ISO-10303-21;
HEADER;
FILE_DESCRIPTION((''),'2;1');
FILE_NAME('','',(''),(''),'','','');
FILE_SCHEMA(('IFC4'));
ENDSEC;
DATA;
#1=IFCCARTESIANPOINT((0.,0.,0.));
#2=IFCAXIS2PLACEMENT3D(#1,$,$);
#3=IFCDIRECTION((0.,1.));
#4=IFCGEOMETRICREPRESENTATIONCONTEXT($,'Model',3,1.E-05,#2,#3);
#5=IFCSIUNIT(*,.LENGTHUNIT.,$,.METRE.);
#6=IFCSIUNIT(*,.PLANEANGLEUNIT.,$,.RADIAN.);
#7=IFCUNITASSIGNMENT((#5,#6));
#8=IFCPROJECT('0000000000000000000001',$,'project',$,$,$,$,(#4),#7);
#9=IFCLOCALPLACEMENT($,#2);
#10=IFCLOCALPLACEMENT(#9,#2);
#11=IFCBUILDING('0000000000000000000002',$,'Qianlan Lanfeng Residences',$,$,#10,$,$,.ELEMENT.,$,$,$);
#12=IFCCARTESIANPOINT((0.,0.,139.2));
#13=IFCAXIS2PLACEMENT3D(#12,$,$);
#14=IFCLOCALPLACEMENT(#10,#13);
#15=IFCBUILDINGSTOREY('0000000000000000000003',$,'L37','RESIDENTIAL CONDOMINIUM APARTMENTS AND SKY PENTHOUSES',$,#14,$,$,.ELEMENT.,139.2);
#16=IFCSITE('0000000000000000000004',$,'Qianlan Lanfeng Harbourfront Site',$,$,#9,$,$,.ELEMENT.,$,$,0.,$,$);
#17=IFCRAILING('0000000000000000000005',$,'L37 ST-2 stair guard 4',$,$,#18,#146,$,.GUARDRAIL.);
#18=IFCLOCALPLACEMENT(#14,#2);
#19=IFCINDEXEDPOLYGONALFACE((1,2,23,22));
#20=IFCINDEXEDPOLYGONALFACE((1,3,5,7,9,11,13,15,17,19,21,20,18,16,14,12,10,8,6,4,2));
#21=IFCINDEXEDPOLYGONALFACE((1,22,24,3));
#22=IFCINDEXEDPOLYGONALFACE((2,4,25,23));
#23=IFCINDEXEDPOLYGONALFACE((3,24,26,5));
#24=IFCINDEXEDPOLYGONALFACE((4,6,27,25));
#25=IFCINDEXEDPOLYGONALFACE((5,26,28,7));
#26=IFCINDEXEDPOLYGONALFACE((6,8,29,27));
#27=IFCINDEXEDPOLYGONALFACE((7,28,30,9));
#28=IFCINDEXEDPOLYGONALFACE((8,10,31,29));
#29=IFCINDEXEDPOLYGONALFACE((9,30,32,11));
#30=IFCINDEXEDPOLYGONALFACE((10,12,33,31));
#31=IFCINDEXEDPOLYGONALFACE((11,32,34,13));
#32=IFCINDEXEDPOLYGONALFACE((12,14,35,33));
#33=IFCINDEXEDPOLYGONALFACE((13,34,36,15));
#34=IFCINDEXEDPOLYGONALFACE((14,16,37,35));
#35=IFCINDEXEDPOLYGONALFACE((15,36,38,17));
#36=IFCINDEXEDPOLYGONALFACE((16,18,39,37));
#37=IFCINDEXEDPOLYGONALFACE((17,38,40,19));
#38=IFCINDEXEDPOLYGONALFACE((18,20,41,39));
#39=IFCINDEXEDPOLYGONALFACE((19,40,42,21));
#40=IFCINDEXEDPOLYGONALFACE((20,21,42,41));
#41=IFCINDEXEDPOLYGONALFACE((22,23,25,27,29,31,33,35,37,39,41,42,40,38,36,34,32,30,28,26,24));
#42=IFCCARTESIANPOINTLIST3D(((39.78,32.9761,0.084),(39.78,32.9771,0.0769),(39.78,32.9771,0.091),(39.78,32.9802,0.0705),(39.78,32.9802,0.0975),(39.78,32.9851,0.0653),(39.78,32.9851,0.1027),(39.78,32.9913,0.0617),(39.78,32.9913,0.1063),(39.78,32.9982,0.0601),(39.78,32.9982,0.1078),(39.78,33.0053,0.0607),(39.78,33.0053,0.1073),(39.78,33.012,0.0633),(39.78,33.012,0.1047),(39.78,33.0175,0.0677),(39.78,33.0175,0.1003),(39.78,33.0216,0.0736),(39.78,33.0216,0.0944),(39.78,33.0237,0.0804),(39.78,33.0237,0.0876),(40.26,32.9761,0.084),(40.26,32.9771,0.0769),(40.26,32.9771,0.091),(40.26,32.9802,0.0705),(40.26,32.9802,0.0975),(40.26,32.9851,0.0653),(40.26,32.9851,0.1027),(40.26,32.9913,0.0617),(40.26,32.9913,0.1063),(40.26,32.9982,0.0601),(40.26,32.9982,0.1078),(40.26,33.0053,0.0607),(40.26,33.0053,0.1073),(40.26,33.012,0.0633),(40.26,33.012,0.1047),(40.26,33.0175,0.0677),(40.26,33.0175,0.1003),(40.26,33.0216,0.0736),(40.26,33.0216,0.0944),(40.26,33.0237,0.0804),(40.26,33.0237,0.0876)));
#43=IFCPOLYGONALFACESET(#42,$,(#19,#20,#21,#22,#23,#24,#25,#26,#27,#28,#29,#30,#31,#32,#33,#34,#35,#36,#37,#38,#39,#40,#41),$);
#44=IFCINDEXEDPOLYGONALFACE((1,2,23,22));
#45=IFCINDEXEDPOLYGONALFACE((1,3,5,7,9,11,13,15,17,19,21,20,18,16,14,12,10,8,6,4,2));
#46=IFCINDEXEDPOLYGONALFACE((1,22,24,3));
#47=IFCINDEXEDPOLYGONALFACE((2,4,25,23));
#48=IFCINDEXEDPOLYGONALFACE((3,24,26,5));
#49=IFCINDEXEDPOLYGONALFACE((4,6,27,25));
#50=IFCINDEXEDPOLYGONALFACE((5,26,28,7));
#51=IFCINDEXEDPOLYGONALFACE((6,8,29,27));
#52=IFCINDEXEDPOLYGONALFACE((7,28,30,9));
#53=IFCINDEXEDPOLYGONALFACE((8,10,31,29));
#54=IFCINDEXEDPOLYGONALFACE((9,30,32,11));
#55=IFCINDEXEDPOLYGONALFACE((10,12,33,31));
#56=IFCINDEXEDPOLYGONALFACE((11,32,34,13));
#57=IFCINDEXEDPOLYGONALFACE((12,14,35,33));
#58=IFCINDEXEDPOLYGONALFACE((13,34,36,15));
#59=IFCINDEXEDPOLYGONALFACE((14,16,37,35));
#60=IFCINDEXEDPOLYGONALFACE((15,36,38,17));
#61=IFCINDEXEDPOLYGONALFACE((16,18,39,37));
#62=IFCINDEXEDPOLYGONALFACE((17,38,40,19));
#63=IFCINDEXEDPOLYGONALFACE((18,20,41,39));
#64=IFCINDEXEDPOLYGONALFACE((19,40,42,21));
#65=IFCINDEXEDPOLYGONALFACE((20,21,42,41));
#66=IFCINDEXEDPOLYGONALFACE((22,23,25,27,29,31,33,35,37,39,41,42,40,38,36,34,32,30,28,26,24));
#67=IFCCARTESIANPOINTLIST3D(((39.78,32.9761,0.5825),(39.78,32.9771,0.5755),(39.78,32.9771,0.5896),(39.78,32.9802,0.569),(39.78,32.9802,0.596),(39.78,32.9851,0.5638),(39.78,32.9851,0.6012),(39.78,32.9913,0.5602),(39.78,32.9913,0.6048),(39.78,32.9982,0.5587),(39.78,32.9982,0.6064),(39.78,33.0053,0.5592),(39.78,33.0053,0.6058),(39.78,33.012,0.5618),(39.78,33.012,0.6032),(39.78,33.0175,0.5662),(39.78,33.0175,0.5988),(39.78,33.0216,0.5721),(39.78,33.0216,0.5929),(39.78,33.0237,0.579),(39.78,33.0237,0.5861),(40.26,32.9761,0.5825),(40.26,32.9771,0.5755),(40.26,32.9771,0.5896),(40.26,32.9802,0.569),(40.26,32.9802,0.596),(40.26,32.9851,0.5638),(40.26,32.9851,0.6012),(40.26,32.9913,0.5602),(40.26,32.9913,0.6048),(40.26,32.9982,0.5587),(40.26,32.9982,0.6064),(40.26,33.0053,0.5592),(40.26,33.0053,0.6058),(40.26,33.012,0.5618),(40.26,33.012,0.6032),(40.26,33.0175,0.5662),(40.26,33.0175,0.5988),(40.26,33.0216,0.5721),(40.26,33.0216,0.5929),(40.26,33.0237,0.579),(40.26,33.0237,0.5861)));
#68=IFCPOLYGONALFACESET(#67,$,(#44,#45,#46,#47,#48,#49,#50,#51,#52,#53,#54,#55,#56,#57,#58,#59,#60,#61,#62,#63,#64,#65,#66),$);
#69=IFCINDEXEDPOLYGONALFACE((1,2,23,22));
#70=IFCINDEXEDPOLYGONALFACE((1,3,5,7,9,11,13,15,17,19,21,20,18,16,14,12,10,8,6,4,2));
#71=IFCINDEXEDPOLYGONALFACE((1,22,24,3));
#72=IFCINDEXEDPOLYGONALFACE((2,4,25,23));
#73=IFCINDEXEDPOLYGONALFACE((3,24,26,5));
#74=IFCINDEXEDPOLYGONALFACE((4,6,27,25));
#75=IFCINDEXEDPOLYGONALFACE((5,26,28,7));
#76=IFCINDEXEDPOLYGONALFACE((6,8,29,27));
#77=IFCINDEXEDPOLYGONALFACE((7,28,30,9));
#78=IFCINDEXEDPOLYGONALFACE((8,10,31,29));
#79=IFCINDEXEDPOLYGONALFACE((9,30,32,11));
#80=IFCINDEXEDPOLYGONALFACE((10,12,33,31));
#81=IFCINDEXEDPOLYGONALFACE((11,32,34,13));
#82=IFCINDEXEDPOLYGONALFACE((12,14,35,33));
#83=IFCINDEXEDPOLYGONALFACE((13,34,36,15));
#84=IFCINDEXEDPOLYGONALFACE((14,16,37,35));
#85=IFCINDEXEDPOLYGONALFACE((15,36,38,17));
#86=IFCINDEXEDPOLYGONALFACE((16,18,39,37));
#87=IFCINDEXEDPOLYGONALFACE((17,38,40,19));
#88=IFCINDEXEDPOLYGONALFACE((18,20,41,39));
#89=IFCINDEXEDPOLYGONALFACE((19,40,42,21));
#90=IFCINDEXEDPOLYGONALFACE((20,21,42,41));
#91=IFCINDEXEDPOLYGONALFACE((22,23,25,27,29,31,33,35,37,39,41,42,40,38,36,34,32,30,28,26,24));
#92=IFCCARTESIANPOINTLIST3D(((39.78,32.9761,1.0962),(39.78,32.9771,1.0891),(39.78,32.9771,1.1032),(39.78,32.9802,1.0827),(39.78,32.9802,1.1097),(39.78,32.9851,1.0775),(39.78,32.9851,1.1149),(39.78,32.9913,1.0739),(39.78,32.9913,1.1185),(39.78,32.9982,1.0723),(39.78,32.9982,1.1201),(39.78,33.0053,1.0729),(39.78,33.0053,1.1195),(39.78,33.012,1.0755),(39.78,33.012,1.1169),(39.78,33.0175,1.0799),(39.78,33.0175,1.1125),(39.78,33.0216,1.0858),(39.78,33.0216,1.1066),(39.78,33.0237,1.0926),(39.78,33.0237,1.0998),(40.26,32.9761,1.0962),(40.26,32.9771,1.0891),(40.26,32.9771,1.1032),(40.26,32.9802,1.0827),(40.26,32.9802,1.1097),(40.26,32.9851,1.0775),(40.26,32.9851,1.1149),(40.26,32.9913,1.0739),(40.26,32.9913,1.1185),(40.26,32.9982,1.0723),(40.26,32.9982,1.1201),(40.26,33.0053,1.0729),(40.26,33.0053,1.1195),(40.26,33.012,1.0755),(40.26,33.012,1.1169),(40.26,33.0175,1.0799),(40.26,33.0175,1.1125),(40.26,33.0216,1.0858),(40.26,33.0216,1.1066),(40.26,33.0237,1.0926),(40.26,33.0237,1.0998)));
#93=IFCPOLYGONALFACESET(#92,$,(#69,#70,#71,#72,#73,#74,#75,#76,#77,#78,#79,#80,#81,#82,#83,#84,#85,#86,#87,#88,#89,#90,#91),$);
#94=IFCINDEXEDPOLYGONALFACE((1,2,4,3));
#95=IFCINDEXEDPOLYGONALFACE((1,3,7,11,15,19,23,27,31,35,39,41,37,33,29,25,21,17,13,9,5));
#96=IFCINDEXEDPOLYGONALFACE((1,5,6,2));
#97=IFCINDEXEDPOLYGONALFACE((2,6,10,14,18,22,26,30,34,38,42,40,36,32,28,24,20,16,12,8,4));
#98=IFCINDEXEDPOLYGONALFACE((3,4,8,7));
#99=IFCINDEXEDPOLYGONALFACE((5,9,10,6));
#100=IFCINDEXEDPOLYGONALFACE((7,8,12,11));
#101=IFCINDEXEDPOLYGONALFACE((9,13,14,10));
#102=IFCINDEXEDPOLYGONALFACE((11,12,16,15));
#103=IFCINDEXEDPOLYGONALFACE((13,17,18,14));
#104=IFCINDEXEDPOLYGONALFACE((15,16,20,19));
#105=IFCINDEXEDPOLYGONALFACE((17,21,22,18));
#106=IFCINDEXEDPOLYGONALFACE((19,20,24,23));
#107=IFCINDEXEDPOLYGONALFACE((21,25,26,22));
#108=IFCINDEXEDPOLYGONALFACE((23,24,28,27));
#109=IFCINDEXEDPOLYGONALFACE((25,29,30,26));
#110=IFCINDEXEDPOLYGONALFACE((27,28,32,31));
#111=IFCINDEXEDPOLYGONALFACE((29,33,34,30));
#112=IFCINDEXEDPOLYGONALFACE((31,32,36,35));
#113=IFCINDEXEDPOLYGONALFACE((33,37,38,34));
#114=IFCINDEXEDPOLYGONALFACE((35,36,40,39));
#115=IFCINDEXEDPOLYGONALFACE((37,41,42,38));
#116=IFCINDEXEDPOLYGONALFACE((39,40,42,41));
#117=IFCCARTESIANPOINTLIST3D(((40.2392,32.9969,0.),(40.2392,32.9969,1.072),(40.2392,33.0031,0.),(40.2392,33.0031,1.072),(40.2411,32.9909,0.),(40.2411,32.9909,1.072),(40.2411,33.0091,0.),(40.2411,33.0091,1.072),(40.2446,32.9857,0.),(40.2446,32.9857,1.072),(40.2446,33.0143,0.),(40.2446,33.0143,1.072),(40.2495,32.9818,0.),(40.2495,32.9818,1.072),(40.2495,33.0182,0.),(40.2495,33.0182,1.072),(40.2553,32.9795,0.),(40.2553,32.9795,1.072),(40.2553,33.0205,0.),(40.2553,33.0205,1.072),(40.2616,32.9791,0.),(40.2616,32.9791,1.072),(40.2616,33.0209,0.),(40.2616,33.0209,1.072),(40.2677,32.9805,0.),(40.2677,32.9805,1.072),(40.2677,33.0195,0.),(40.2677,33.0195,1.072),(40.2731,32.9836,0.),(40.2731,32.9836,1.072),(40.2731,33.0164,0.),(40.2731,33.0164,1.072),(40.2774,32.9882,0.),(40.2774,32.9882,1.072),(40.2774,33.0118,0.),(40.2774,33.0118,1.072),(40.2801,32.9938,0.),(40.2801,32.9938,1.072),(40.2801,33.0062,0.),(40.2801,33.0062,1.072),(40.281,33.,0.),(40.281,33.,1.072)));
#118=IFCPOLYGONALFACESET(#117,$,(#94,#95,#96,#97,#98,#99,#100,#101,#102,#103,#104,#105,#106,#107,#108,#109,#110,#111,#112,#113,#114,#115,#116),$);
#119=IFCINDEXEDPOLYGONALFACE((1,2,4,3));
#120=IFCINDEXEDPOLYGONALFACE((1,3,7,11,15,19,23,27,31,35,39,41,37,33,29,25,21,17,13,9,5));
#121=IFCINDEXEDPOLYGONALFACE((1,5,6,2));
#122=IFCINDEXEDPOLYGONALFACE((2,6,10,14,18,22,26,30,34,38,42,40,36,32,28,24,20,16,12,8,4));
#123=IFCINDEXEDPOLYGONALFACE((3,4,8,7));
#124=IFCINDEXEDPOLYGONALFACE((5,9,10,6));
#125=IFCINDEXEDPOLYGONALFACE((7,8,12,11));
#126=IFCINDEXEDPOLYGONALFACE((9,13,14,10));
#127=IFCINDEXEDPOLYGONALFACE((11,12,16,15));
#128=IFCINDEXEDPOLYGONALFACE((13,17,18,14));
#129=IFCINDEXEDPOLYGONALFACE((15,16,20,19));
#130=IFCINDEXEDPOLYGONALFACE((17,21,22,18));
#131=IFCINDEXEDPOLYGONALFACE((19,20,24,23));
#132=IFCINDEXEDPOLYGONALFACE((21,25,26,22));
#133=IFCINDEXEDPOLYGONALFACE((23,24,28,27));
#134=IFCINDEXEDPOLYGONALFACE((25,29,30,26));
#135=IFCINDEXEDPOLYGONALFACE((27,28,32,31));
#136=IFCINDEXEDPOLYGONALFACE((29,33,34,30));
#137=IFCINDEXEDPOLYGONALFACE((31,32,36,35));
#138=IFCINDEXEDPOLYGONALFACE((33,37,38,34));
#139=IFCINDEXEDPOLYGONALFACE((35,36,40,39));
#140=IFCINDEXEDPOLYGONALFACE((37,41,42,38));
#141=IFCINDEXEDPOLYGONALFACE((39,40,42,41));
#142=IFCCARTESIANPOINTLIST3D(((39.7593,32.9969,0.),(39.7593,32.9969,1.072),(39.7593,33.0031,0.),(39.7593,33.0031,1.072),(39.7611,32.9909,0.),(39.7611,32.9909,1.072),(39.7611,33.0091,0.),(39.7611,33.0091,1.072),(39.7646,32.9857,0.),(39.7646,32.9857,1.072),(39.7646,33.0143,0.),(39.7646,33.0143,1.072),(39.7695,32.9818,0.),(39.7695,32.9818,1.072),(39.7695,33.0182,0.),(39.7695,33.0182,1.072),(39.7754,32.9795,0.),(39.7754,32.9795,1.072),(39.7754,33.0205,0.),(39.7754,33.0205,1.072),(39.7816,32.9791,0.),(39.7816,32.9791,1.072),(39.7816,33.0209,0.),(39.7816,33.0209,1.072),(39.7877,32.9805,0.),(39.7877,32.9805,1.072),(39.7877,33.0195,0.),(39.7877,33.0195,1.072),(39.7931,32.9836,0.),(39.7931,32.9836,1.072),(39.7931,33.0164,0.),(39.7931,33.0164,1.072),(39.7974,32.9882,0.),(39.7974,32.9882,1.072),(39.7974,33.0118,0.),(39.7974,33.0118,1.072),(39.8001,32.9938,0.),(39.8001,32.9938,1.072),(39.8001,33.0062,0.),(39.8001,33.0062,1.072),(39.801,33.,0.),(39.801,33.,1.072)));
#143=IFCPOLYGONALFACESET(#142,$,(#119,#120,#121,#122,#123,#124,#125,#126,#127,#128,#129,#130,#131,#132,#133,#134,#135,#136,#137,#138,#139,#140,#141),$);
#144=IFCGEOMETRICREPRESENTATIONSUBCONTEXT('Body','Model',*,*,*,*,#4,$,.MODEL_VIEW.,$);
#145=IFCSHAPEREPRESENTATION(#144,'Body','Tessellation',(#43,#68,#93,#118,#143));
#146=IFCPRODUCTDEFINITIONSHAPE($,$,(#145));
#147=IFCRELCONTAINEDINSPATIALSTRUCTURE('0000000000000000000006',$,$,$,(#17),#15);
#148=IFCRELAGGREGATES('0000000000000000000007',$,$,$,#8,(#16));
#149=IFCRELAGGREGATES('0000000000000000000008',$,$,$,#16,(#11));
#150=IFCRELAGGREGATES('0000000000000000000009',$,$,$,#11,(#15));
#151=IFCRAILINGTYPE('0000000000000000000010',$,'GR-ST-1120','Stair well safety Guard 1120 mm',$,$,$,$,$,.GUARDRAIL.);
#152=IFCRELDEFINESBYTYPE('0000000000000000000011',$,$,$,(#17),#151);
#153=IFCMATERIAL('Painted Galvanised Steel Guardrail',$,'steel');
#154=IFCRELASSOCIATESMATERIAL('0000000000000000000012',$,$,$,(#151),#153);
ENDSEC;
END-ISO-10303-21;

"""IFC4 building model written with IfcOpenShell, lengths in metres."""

from ifc_helpers import new_model, si_unit, direction, frame, origin, origin_2d, place, context, subcontext, project, spatial, circle, extrude, material, type_object, element, save


model = new_model("IFC4")

# Units and contexts
model_context = context("Model", 3, precision=1e-05, world=origin(), true_north=direction((0.0, 1.0)))
body_context = subcontext(model_context, "Body", "Model", "MODEL_VIEW")
ifc_project = project(units=[si_unit("LENGTHUNIT", "METRE"), si_unit("PLANEANGLEUNIT", "RADIAN")], contexts=[model_context])

# Site, building, storey
site_placement = place(None, origin())
site = spatial("IfcSite", under=ifc_project, at=site_placement, Name="Qianlan Lanfeng Harbourfront Site", CompositionType="ELEMENT", RefElevation=0.0)
building_placement = place(site_placement, origin())
building = spatial("IfcBuilding", under=site, at=building_placement, Name="Qianlan Lanfeng Residences", CompositionType="ELEMENT")
storey_placement = place(building_placement, frame((0.0, 0.0, 139.2)))
storey = spatial("IfcBuildingStorey", under=building, at=storey_placement, Name="L37", Description="RESIDENTIAL CONDOMINIUM APARTMENTS AND SKY PENTHOUSES", CompositionType="ELEMENT", Elevation=139.2)

# Railing
ifc_material_1 = material(Name="Painted Galvanised Steel Guardrail", Category="steel")
railing_type_1 = type_object("IfcRailingType", Name="GR-ST-1120", Description="Stair well safety Guard 1120 mm", PredefinedType="GUARDRAIL", material=ifc_material_1)
railing_1_placement = place(storey_placement, frame((40.26, 33.0, 0.0)))
element("IfcRailing", 1, at=railing_1_placement, inside=storey, type_object=railing_type_1, Name="L37 ST-2 stair guard 4", PredefinedType="GUARDRAIL", context=body_context, shape_type="SweptSolid", body=[
    extrude(circle(Radius=0.0239, at=origin_2d()), frame((0.0, 0.0, 0.084), z_axis=(-1.0, 0.0, 0.0), x_axis=(0.0, -1.0, 0.0)), (0.0, 0.0, 1.0), 0.48),
    extrude(circle(Radius=0.0239, at=origin_2d()), frame((0.0, 0.0, 0.5825), z_axis=(-1.0, 0.0, 0.0), x_axis=(0.0, -1.0, 0.0)), (0.0, 0.0, 1.0), 0.48),
    extrude(circle(Radius=0.0239, at=origin_2d()), frame((0.0, 0.0, 1.0962), z_axis=(-1.0, 0.0, 0.0), x_axis=(0.0, -1.0, 0.0)), (0.0, 0.0, 1.0), 0.48),
    extrude(circle(Radius=0.021, at=origin_2d()), origin(), (0.0, 0.0, 1.0), 1.072),
    extrude(circle(Radius=0.021, at=origin_2d()), frame((-0.48, 0.0, 0.0)), (0.0, 0.0, 1.0), 1.072),
])

save(model, "model.ifc")
